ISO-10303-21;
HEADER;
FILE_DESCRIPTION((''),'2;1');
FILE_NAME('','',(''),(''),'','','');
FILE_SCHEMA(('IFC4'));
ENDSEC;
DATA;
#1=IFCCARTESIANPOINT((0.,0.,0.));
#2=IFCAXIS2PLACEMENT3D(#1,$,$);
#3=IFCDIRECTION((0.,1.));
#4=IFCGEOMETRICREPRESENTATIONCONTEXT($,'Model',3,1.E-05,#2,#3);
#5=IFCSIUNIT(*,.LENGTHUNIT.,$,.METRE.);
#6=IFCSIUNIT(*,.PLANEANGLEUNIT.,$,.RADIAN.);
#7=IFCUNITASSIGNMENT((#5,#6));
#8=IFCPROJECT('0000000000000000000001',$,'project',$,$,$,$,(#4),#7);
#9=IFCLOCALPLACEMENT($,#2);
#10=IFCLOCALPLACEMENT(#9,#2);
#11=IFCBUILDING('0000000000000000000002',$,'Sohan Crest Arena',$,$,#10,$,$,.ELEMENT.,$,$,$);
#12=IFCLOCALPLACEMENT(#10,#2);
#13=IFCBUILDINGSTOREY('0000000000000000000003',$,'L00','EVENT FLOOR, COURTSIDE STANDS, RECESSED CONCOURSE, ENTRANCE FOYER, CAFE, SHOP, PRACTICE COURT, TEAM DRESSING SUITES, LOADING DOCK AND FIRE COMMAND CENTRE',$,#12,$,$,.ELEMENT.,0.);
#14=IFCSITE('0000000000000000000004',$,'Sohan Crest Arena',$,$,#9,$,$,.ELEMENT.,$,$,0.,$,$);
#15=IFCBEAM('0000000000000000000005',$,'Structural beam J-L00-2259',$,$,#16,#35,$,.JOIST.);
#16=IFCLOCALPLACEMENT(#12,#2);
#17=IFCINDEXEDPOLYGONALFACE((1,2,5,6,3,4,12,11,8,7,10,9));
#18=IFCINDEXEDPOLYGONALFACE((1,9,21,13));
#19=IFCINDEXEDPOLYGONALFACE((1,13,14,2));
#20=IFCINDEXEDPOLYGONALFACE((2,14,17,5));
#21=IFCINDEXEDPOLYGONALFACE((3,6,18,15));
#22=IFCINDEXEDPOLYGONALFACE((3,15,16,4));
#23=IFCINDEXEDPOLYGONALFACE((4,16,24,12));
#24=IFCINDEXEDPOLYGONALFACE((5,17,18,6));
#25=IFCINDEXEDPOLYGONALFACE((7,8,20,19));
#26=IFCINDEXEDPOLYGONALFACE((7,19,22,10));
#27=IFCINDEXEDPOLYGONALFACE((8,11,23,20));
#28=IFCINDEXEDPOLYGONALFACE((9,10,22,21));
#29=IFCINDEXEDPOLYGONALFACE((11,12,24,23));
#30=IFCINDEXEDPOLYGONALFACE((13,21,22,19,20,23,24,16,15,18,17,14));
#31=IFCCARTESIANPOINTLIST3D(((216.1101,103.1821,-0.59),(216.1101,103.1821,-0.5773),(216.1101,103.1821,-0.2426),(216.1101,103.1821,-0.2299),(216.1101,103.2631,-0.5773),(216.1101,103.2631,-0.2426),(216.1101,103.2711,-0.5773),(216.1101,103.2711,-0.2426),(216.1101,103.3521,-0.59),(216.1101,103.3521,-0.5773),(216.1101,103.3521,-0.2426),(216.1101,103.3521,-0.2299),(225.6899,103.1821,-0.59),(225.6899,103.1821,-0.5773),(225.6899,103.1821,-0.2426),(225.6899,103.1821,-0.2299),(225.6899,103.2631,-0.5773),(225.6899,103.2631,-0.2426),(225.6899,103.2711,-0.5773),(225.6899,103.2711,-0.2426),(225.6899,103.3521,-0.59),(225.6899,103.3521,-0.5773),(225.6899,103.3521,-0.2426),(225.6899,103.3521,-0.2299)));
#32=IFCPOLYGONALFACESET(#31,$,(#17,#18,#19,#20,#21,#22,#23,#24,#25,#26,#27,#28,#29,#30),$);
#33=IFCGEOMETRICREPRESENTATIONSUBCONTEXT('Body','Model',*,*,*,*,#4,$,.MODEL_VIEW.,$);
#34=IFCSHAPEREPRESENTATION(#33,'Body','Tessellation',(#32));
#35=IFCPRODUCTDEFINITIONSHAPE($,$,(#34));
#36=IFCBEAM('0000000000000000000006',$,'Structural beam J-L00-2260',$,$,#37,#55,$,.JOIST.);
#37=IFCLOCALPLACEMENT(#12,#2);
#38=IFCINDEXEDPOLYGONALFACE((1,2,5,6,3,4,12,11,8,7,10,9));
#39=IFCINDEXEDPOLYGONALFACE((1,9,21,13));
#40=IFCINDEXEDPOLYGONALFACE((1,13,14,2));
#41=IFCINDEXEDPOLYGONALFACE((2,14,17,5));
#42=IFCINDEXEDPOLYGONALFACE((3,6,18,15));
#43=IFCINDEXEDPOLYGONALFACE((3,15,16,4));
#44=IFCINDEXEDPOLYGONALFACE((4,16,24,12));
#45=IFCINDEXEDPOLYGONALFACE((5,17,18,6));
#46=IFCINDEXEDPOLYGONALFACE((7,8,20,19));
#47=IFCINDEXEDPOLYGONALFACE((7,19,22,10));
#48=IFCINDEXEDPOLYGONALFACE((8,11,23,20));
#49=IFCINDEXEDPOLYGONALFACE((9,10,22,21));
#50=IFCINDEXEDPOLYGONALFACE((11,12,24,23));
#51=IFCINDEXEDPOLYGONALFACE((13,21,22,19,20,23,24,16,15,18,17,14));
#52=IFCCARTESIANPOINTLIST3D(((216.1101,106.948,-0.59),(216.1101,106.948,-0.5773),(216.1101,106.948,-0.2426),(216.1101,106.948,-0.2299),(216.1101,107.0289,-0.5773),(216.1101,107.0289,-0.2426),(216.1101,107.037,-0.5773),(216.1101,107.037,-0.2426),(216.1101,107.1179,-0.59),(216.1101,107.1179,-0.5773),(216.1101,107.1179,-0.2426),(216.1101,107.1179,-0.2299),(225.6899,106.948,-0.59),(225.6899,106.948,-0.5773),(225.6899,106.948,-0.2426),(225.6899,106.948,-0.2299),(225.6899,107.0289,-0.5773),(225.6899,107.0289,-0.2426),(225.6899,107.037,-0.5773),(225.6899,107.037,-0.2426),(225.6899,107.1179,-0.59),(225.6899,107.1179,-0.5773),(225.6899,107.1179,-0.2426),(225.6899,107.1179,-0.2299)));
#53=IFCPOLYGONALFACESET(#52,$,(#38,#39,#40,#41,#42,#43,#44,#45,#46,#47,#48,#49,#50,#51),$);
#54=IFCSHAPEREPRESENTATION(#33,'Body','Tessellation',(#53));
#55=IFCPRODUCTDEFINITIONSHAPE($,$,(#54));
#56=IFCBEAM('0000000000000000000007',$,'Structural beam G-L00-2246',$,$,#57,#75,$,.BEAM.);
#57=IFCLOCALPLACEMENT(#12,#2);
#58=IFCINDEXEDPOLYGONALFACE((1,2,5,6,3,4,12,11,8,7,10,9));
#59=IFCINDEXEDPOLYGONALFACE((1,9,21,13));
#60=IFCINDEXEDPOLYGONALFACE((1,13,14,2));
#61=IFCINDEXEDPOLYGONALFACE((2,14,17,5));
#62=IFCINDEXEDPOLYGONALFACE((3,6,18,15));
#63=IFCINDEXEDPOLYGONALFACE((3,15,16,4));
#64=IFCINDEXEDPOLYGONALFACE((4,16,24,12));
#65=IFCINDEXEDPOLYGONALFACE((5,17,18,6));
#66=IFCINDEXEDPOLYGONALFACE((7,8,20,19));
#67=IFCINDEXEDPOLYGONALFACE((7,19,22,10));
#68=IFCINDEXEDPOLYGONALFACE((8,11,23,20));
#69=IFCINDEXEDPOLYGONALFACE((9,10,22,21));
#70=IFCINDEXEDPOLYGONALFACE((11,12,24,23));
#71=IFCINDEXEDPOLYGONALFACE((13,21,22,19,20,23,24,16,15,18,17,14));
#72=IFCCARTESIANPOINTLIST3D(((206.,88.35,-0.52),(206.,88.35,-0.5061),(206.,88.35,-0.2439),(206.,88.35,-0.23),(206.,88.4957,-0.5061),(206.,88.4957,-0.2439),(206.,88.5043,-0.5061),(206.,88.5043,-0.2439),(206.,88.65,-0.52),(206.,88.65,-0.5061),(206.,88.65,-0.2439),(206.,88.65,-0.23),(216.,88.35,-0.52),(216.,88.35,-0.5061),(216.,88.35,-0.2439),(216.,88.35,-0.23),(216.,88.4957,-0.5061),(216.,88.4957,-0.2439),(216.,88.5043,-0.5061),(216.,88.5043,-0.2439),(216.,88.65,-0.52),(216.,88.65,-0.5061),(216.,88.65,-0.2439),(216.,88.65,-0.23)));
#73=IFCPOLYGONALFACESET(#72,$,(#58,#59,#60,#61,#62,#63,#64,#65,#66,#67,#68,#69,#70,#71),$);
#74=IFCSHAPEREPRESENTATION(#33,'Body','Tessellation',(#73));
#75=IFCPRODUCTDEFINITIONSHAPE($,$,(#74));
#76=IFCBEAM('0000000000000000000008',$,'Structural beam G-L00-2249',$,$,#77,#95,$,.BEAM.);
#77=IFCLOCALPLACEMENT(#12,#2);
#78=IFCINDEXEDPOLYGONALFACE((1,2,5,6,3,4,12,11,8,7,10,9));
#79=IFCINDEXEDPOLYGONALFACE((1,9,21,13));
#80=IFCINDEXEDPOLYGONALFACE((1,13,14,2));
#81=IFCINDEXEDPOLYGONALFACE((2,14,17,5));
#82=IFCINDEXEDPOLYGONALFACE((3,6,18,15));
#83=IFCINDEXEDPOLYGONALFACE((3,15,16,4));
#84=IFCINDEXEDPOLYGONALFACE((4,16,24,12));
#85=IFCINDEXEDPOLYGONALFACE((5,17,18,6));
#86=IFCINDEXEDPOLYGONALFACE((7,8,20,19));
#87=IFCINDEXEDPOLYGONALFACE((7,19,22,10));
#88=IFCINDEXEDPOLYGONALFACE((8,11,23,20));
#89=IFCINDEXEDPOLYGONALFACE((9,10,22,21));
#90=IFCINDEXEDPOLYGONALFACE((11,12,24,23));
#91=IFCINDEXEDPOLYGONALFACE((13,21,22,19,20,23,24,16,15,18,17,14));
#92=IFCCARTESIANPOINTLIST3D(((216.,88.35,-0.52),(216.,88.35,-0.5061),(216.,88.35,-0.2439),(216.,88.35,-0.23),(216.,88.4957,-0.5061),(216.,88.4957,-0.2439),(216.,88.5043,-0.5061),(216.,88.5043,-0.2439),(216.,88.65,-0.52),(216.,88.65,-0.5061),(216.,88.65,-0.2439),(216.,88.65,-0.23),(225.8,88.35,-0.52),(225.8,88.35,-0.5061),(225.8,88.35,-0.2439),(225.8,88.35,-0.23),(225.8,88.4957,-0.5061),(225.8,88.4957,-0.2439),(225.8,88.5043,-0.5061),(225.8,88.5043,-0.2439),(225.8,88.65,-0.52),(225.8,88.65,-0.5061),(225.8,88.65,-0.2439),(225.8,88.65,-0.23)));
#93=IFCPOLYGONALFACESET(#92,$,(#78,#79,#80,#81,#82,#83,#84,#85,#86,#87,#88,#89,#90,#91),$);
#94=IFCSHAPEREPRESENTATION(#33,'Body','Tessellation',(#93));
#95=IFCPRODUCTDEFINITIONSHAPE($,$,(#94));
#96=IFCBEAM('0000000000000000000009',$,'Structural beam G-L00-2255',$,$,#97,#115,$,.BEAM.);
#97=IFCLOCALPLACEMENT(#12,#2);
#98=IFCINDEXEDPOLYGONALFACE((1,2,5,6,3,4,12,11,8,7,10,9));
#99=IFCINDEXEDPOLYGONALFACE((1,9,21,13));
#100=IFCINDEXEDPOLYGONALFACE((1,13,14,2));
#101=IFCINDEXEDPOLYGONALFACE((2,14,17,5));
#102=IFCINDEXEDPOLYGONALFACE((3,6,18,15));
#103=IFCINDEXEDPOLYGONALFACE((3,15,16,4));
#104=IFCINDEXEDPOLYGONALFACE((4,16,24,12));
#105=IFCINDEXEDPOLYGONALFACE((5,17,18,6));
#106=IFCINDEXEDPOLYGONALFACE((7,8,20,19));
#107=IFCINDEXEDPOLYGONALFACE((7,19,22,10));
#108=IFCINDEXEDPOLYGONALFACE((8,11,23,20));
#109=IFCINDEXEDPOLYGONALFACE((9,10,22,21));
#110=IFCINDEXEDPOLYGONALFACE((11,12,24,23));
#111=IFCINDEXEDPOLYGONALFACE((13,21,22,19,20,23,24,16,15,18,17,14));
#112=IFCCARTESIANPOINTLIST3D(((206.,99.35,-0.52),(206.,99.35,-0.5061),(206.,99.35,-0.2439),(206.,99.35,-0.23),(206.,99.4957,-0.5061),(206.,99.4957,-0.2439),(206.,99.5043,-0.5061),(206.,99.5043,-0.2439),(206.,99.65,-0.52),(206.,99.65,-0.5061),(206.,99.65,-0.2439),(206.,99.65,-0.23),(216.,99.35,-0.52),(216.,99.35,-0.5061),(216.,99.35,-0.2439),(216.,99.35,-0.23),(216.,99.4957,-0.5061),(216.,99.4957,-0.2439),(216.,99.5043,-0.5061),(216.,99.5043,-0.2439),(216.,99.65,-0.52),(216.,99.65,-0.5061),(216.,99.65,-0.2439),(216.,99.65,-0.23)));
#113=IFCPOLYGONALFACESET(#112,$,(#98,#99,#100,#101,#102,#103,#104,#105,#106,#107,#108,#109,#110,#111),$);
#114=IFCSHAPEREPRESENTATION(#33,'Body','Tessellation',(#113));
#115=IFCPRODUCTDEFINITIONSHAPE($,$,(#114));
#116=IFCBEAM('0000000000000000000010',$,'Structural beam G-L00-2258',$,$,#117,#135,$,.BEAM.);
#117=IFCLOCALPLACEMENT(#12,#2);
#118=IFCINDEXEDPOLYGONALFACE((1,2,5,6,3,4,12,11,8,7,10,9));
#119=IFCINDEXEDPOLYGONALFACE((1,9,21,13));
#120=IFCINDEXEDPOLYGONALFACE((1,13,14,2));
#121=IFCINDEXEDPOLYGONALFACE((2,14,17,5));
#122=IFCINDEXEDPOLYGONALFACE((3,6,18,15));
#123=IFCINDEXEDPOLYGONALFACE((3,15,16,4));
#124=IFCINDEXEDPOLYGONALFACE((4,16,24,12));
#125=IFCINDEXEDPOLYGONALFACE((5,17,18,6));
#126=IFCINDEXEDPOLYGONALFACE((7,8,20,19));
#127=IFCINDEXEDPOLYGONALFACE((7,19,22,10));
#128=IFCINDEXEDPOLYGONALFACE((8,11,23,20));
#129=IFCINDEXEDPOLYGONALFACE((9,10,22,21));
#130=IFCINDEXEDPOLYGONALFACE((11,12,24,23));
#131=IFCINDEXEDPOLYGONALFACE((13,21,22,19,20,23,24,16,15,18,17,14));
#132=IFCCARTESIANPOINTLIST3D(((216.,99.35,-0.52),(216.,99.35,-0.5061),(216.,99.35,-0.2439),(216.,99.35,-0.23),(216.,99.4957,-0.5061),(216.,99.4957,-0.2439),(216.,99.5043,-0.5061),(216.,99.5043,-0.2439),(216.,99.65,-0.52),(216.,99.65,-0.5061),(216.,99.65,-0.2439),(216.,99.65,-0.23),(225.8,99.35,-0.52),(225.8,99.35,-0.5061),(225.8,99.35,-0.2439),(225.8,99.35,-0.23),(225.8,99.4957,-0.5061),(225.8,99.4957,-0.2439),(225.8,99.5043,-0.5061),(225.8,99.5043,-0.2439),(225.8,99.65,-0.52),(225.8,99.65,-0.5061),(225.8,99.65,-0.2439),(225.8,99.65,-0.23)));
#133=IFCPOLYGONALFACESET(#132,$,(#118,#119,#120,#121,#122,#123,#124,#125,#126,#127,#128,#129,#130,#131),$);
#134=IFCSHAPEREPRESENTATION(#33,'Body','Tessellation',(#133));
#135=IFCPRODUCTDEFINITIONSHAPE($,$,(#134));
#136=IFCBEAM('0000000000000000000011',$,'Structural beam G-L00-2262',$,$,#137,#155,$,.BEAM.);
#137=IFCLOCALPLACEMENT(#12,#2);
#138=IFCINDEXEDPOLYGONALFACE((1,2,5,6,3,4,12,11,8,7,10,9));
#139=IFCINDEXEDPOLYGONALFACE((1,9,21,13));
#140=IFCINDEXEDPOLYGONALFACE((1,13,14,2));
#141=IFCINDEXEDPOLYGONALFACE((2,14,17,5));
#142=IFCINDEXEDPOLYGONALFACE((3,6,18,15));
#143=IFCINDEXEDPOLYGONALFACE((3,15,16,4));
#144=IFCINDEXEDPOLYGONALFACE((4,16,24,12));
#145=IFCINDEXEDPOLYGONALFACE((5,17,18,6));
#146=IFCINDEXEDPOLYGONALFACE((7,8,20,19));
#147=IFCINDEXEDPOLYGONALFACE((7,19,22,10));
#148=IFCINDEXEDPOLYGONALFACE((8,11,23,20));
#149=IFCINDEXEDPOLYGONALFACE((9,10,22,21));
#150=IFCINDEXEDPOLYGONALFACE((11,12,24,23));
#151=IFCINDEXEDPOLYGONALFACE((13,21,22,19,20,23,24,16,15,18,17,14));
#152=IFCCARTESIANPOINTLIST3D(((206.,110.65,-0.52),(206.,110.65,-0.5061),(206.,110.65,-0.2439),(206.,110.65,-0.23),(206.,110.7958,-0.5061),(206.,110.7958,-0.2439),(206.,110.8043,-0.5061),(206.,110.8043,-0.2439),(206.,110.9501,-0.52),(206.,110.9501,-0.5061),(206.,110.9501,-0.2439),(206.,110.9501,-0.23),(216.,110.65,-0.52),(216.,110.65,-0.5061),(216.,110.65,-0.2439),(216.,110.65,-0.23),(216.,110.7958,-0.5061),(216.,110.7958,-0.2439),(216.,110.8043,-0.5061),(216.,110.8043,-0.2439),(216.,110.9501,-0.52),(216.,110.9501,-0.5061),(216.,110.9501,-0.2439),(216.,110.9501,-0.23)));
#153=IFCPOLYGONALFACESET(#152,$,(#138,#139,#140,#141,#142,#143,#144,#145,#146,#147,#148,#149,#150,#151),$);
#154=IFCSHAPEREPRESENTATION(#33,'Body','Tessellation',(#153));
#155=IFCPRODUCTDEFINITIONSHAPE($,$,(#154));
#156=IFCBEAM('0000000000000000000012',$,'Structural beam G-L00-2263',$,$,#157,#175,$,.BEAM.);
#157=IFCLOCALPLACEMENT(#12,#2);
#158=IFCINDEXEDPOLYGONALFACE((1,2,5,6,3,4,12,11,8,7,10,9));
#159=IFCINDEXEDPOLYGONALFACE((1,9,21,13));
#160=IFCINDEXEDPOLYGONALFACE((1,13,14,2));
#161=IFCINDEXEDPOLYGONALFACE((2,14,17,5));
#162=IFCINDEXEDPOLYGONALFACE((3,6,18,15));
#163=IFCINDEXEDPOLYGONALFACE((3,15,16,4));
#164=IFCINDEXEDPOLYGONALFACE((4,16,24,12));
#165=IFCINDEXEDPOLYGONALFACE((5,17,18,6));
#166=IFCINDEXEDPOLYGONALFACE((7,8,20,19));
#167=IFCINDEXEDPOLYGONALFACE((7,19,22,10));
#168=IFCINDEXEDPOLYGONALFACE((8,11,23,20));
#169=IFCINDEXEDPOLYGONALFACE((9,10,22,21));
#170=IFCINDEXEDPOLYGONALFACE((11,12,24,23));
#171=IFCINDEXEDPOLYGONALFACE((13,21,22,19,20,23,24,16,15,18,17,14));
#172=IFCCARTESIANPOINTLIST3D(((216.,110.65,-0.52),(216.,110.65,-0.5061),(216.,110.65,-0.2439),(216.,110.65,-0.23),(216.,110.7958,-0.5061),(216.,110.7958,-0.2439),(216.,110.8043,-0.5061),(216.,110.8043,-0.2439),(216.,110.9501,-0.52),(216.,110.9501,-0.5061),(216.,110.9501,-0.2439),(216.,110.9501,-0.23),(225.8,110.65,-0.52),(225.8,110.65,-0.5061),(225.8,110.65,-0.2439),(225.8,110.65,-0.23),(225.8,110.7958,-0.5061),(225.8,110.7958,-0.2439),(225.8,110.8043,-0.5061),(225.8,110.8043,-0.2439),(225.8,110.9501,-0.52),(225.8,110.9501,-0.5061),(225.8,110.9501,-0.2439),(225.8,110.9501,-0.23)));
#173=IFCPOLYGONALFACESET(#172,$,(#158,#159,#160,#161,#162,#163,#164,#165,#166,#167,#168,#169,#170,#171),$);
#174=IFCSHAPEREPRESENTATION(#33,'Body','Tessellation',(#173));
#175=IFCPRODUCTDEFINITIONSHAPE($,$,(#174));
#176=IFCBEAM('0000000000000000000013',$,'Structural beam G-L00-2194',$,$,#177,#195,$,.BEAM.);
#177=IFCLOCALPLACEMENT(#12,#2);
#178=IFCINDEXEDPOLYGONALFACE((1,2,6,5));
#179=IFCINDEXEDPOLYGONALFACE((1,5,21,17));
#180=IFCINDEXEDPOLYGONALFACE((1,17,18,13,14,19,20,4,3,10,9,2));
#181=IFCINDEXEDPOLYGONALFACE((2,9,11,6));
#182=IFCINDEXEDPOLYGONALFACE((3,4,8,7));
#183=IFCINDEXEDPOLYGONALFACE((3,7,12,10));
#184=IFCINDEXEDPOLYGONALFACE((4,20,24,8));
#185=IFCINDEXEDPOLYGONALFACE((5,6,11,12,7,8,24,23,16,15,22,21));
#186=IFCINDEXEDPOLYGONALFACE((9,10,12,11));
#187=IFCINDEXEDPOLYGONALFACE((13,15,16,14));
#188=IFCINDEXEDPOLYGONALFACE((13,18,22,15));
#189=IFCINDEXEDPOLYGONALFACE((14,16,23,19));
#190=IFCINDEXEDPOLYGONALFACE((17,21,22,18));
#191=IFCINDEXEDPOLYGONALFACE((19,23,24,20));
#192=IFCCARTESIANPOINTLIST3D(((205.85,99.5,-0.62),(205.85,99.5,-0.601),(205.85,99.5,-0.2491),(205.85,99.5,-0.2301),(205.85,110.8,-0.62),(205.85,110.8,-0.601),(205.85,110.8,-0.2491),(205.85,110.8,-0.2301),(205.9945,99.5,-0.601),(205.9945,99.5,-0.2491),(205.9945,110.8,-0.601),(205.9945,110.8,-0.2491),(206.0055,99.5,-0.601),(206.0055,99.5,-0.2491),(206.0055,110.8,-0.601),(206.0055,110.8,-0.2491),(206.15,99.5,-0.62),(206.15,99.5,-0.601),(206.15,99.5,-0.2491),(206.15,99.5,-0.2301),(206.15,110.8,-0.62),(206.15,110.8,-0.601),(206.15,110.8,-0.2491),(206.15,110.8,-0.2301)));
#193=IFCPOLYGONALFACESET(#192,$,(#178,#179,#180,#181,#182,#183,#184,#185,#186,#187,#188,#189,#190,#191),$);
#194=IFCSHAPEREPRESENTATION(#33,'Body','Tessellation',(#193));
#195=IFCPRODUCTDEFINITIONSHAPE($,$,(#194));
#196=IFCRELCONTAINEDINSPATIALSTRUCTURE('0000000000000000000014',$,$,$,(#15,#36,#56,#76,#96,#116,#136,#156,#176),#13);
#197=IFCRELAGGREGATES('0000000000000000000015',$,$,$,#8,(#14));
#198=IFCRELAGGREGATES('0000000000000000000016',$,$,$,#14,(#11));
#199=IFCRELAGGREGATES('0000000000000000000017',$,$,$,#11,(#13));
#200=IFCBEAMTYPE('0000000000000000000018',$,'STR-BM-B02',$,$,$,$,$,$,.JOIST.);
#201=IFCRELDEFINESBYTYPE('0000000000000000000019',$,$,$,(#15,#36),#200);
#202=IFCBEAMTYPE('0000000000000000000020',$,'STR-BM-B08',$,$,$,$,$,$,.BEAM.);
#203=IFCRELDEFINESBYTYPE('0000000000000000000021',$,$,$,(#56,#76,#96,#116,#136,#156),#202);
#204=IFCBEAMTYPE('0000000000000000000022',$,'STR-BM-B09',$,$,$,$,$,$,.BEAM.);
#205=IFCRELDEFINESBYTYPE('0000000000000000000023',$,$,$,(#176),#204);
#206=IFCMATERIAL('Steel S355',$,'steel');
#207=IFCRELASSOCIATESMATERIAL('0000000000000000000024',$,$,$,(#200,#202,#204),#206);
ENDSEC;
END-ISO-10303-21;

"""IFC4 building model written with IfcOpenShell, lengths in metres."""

from ifc_helpers import new_model, si_unit, direction, frame, origin, origin_2d, place, context, subcontext, project, spatial, i_section, extrude, material, material_profile, profile_set, type_object, element, save


model = new_model("IFC4")

# Units and contexts
model_context = context("Model", 3, precision=1e-05, world=origin(), true_north=direction((0.0, 1.0)))
body_context = subcontext(model_context, "Body", "Model", "MODEL_VIEW")
ifc_project = project(units=[si_unit("LENGTHUNIT", "METRE"), si_unit("PLANEANGLEUNIT", "RADIAN")], contexts=[model_context])

# Site, building, storey
site_placement = place(None, origin())
site = spatial("IfcSite", under=ifc_project, at=site_placement, Name="Sohan Crest Arena", CompositionType="ELEMENT", RefElevation=0.0)
building_placement = place(site_placement, origin())
building = spatial("IfcBuilding", under=site, at=building_placement, Name="Sohan Crest Arena", CompositionType="ELEMENT")
storey_placement = place(building_placement, origin())
storey = spatial("IfcBuildingStorey", under=building, at=storey_placement, Name="L00", Description="EVENT FLOOR, COURTSIDE STANDS, RECESSED CONCOURSE, ENTRANCE FOYER, CAFE, SHOP, PRACTICE COURT, TEAM DRESSING SUITES, LOADING DOCK AND FIRE COMMAND CENTRE", CompositionType="ELEMENT", Elevation=0.0)

# Beams
ifc_material_1 = material(Name="Steel S355", Category="steel")
ifc_material_profile_1 = material_profile(ifc_material_1, i_section(OverallWidth=0.1699, OverallDepth=0.3601, WebThickness=0.0081, FlangeThickness=0.0127, at=origin_2d()), Name="IPE 360")
ifc_profile_set_1 = profile_set([ifc_material_profile_1], Name="Steel S355")
beam_type_1 = type_object("IfcBeamType", Name="STR-BM-B02", PredefinedType="JOIST", material=ifc_profile_set_1)
for number, where, z_axis, x_axis, name in (
    (1, (216.1101, 103.2671, -0.4099), (1.0, 0.0, 0.0), (0.0, 1.0, 0.0), "Structural beam J-L00-2259"),
    (2, (216.1101, 107.033, -0.4099), (1.0, 0.0, 0.0), (0.0, 1.0, 0.0), "Structural beam J-L00-2260"),
):
    element("IfcBeam", number, at=place(storey_placement, frame(where, z_axis=z_axis, x_axis=x_axis)), inside=storey, type_object=beam_type_1, Name=name, PredefinedType="JOIST", context=body_context, shape_type="SweptSolid", body=[
        extrude(i_section(OverallWidth=0.1699, OverallDepth=0.3601, WebThickness=0.0081, FlangeThickness=0.0127, at=origin_2d()), origin(), (0.0, 0.0, 1.0), 9.5798),
    ])
ifc_material_profile_2 = material_profile(ifc_material_1, i_section(OverallWidth=0.3, OverallDepth=0.29, WebThickness=0.0085, FlangeThickness=0.0139, at=origin_2d()), Name="HEA 300")
ifc_profile_set_2 = profile_set([ifc_material_profile_2], Name="Steel S355")
beam_type_2 = type_object("IfcBeamType", Name="STR-BM-B08", PredefinedType="BEAM", material=ifc_profile_set_2)
beam_1_placement = place(storey_placement, frame((206.0, 88.5, -0.375), z_axis=(1.0, 0.0, 0.0), x_axis=(0.0, 1.0, 0.0)))
element("IfcBeam", 3, at=beam_1_placement, inside=storey, type_object=beam_type_2, Name="Structural beam G-L00-2246", PredefinedType="BEAM", context=body_context, shape_type="SweptSolid", body=[
    extrude(i_section(OverallWidth=0.3, OverallDepth=0.29, WebThickness=0.0085, FlangeThickness=0.0139, at=origin_2d()), origin(), (0.0, 0.0, 1.0), 10.0),
])
beam_2_placement = place(storey_placement, frame((216.0, 88.5, -0.375), z_axis=(1.0, 0.0, 0.0), x_axis=(0.0, 1.0, 0.0)))
element("IfcBeam", 4, at=beam_2_placement, inside=storey, type_object=beam_type_2, Name="Structural beam G-L00-2249", PredefinedType="BEAM", context=body_context, shape_type="SweptSolid", body=[
    extrude(i_section(OverallWidth=0.3, OverallDepth=0.29, WebThickness=0.0085, FlangeThickness=0.0139, at=origin_2d()), origin(), (0.0, 0.0, 1.0), 9.8),
])
beam_3_placement = place(storey_placement, frame((206.0, 99.5, -0.375), z_axis=(1.0, 0.0, 0.0), x_axis=(0.0, 1.0, 0.0)))
element("IfcBeam", 5, at=beam_3_placement, inside=storey, type_object=beam_type_2, Name="Structural beam G-L00-2255", PredefinedType="BEAM", context=body_context, shape_type="SweptSolid", body=[
    extrude(i_section(OverallWidth=0.3, OverallDepth=0.29, WebThickness=0.0085, FlangeThickness=0.0139, at=origin_2d()), origin(), (0.0, 0.0, 1.0), 10.0),
])
beam_4_placement = place(storey_placement, frame((216.0, 99.5, -0.375), z_axis=(1.0, 0.0, 0.0), x_axis=(0.0, 1.0, 0.0)))
element("IfcBeam", 6, at=beam_4_placement, inside=storey, type_object=beam_type_2, Name="Structural beam G-L00-2258", PredefinedType="BEAM", context=body_context, shape_type="SweptSolid", body=[
    extrude(i_section(OverallWidth=0.3, OverallDepth=0.29, WebThickness=0.0085, FlangeThickness=0.0139, at=origin_2d()), origin(), (0.0, 0.0, 1.0), 9.8),
])
beam_5_placement = place(storey_placement, frame((206.0, 110.8, -0.375), z_axis=(1.0, 0.0, 0.0), x_axis=(0.0, 1.0, 0.0)))
element("IfcBeam", 7, at=beam_5_placement, inside=storey, type_object=beam_type_2, Name="Structural beam G-L00-2262", PredefinedType="BEAM", context=body_context, shape_type="SweptSolid", body=[
    extrude(i_section(OverallWidth=0.3, OverallDepth=0.29, WebThickness=0.0085, FlangeThickness=0.0139, at=origin_2d()), origin(), (0.0, 0.0, 1.0), 10.0),
])
beam_6_placement = place(storey_placement, frame((216.0, 110.8, -0.375), z_axis=(1.0, 0.0, 0.0), x_axis=(0.0, 1.0, 0.0)))
element("IfcBeam", 8, at=beam_6_placement, inside=storey, type_object=beam_type_2, Name="Structural beam G-L00-2263", PredefinedType="BEAM", context=body_context, shape_type="SweptSolid", body=[
    extrude(i_section(OverallWidth=0.3, OverallDepth=0.29, WebThickness=0.0085, FlangeThickness=0.0139, at=origin_2d()), origin(), (0.0, 0.0, 1.0), 9.8),
])
ifc_material_profile_3 = material_profile(ifc_material_1, i_section(OverallWidth=0.3, OverallDepth=0.3899, WebThickness=0.011, FlangeThickness=0.019, at=origin_2d()), Name="HEA 400")
ifc_profile_set_3 = profile_set([ifc_material_profile_3], Name="Steel S355")
beam_type_3 = type_object("IfcBeamType", Name="STR-BM-B09", PredefinedType="BEAM", material=ifc_profile_set_3)
beam_7_placement = place(storey_placement, frame((206.0, 99.5, -0.425), z_axis=(0.0, 1.0, 0.0), x_axis=(-1.0, 0.0, 0.0)))
element("IfcBeam", 9, at=beam_7_placement, inside=storey, type_object=beam_type_3, Name="Structural beam G-L00-2194", PredefinedType="BEAM", context=body_context, shape_type="SweptSolid", body=[
    extrude(i_section(OverallWidth=0.3, OverallDepth=0.3899, WebThickness=0.011, FlangeThickness=0.019, at=origin_2d()), origin(), (0.0, 0.0, 1.0), 11.3),
])

save(model, "model.ifc")
